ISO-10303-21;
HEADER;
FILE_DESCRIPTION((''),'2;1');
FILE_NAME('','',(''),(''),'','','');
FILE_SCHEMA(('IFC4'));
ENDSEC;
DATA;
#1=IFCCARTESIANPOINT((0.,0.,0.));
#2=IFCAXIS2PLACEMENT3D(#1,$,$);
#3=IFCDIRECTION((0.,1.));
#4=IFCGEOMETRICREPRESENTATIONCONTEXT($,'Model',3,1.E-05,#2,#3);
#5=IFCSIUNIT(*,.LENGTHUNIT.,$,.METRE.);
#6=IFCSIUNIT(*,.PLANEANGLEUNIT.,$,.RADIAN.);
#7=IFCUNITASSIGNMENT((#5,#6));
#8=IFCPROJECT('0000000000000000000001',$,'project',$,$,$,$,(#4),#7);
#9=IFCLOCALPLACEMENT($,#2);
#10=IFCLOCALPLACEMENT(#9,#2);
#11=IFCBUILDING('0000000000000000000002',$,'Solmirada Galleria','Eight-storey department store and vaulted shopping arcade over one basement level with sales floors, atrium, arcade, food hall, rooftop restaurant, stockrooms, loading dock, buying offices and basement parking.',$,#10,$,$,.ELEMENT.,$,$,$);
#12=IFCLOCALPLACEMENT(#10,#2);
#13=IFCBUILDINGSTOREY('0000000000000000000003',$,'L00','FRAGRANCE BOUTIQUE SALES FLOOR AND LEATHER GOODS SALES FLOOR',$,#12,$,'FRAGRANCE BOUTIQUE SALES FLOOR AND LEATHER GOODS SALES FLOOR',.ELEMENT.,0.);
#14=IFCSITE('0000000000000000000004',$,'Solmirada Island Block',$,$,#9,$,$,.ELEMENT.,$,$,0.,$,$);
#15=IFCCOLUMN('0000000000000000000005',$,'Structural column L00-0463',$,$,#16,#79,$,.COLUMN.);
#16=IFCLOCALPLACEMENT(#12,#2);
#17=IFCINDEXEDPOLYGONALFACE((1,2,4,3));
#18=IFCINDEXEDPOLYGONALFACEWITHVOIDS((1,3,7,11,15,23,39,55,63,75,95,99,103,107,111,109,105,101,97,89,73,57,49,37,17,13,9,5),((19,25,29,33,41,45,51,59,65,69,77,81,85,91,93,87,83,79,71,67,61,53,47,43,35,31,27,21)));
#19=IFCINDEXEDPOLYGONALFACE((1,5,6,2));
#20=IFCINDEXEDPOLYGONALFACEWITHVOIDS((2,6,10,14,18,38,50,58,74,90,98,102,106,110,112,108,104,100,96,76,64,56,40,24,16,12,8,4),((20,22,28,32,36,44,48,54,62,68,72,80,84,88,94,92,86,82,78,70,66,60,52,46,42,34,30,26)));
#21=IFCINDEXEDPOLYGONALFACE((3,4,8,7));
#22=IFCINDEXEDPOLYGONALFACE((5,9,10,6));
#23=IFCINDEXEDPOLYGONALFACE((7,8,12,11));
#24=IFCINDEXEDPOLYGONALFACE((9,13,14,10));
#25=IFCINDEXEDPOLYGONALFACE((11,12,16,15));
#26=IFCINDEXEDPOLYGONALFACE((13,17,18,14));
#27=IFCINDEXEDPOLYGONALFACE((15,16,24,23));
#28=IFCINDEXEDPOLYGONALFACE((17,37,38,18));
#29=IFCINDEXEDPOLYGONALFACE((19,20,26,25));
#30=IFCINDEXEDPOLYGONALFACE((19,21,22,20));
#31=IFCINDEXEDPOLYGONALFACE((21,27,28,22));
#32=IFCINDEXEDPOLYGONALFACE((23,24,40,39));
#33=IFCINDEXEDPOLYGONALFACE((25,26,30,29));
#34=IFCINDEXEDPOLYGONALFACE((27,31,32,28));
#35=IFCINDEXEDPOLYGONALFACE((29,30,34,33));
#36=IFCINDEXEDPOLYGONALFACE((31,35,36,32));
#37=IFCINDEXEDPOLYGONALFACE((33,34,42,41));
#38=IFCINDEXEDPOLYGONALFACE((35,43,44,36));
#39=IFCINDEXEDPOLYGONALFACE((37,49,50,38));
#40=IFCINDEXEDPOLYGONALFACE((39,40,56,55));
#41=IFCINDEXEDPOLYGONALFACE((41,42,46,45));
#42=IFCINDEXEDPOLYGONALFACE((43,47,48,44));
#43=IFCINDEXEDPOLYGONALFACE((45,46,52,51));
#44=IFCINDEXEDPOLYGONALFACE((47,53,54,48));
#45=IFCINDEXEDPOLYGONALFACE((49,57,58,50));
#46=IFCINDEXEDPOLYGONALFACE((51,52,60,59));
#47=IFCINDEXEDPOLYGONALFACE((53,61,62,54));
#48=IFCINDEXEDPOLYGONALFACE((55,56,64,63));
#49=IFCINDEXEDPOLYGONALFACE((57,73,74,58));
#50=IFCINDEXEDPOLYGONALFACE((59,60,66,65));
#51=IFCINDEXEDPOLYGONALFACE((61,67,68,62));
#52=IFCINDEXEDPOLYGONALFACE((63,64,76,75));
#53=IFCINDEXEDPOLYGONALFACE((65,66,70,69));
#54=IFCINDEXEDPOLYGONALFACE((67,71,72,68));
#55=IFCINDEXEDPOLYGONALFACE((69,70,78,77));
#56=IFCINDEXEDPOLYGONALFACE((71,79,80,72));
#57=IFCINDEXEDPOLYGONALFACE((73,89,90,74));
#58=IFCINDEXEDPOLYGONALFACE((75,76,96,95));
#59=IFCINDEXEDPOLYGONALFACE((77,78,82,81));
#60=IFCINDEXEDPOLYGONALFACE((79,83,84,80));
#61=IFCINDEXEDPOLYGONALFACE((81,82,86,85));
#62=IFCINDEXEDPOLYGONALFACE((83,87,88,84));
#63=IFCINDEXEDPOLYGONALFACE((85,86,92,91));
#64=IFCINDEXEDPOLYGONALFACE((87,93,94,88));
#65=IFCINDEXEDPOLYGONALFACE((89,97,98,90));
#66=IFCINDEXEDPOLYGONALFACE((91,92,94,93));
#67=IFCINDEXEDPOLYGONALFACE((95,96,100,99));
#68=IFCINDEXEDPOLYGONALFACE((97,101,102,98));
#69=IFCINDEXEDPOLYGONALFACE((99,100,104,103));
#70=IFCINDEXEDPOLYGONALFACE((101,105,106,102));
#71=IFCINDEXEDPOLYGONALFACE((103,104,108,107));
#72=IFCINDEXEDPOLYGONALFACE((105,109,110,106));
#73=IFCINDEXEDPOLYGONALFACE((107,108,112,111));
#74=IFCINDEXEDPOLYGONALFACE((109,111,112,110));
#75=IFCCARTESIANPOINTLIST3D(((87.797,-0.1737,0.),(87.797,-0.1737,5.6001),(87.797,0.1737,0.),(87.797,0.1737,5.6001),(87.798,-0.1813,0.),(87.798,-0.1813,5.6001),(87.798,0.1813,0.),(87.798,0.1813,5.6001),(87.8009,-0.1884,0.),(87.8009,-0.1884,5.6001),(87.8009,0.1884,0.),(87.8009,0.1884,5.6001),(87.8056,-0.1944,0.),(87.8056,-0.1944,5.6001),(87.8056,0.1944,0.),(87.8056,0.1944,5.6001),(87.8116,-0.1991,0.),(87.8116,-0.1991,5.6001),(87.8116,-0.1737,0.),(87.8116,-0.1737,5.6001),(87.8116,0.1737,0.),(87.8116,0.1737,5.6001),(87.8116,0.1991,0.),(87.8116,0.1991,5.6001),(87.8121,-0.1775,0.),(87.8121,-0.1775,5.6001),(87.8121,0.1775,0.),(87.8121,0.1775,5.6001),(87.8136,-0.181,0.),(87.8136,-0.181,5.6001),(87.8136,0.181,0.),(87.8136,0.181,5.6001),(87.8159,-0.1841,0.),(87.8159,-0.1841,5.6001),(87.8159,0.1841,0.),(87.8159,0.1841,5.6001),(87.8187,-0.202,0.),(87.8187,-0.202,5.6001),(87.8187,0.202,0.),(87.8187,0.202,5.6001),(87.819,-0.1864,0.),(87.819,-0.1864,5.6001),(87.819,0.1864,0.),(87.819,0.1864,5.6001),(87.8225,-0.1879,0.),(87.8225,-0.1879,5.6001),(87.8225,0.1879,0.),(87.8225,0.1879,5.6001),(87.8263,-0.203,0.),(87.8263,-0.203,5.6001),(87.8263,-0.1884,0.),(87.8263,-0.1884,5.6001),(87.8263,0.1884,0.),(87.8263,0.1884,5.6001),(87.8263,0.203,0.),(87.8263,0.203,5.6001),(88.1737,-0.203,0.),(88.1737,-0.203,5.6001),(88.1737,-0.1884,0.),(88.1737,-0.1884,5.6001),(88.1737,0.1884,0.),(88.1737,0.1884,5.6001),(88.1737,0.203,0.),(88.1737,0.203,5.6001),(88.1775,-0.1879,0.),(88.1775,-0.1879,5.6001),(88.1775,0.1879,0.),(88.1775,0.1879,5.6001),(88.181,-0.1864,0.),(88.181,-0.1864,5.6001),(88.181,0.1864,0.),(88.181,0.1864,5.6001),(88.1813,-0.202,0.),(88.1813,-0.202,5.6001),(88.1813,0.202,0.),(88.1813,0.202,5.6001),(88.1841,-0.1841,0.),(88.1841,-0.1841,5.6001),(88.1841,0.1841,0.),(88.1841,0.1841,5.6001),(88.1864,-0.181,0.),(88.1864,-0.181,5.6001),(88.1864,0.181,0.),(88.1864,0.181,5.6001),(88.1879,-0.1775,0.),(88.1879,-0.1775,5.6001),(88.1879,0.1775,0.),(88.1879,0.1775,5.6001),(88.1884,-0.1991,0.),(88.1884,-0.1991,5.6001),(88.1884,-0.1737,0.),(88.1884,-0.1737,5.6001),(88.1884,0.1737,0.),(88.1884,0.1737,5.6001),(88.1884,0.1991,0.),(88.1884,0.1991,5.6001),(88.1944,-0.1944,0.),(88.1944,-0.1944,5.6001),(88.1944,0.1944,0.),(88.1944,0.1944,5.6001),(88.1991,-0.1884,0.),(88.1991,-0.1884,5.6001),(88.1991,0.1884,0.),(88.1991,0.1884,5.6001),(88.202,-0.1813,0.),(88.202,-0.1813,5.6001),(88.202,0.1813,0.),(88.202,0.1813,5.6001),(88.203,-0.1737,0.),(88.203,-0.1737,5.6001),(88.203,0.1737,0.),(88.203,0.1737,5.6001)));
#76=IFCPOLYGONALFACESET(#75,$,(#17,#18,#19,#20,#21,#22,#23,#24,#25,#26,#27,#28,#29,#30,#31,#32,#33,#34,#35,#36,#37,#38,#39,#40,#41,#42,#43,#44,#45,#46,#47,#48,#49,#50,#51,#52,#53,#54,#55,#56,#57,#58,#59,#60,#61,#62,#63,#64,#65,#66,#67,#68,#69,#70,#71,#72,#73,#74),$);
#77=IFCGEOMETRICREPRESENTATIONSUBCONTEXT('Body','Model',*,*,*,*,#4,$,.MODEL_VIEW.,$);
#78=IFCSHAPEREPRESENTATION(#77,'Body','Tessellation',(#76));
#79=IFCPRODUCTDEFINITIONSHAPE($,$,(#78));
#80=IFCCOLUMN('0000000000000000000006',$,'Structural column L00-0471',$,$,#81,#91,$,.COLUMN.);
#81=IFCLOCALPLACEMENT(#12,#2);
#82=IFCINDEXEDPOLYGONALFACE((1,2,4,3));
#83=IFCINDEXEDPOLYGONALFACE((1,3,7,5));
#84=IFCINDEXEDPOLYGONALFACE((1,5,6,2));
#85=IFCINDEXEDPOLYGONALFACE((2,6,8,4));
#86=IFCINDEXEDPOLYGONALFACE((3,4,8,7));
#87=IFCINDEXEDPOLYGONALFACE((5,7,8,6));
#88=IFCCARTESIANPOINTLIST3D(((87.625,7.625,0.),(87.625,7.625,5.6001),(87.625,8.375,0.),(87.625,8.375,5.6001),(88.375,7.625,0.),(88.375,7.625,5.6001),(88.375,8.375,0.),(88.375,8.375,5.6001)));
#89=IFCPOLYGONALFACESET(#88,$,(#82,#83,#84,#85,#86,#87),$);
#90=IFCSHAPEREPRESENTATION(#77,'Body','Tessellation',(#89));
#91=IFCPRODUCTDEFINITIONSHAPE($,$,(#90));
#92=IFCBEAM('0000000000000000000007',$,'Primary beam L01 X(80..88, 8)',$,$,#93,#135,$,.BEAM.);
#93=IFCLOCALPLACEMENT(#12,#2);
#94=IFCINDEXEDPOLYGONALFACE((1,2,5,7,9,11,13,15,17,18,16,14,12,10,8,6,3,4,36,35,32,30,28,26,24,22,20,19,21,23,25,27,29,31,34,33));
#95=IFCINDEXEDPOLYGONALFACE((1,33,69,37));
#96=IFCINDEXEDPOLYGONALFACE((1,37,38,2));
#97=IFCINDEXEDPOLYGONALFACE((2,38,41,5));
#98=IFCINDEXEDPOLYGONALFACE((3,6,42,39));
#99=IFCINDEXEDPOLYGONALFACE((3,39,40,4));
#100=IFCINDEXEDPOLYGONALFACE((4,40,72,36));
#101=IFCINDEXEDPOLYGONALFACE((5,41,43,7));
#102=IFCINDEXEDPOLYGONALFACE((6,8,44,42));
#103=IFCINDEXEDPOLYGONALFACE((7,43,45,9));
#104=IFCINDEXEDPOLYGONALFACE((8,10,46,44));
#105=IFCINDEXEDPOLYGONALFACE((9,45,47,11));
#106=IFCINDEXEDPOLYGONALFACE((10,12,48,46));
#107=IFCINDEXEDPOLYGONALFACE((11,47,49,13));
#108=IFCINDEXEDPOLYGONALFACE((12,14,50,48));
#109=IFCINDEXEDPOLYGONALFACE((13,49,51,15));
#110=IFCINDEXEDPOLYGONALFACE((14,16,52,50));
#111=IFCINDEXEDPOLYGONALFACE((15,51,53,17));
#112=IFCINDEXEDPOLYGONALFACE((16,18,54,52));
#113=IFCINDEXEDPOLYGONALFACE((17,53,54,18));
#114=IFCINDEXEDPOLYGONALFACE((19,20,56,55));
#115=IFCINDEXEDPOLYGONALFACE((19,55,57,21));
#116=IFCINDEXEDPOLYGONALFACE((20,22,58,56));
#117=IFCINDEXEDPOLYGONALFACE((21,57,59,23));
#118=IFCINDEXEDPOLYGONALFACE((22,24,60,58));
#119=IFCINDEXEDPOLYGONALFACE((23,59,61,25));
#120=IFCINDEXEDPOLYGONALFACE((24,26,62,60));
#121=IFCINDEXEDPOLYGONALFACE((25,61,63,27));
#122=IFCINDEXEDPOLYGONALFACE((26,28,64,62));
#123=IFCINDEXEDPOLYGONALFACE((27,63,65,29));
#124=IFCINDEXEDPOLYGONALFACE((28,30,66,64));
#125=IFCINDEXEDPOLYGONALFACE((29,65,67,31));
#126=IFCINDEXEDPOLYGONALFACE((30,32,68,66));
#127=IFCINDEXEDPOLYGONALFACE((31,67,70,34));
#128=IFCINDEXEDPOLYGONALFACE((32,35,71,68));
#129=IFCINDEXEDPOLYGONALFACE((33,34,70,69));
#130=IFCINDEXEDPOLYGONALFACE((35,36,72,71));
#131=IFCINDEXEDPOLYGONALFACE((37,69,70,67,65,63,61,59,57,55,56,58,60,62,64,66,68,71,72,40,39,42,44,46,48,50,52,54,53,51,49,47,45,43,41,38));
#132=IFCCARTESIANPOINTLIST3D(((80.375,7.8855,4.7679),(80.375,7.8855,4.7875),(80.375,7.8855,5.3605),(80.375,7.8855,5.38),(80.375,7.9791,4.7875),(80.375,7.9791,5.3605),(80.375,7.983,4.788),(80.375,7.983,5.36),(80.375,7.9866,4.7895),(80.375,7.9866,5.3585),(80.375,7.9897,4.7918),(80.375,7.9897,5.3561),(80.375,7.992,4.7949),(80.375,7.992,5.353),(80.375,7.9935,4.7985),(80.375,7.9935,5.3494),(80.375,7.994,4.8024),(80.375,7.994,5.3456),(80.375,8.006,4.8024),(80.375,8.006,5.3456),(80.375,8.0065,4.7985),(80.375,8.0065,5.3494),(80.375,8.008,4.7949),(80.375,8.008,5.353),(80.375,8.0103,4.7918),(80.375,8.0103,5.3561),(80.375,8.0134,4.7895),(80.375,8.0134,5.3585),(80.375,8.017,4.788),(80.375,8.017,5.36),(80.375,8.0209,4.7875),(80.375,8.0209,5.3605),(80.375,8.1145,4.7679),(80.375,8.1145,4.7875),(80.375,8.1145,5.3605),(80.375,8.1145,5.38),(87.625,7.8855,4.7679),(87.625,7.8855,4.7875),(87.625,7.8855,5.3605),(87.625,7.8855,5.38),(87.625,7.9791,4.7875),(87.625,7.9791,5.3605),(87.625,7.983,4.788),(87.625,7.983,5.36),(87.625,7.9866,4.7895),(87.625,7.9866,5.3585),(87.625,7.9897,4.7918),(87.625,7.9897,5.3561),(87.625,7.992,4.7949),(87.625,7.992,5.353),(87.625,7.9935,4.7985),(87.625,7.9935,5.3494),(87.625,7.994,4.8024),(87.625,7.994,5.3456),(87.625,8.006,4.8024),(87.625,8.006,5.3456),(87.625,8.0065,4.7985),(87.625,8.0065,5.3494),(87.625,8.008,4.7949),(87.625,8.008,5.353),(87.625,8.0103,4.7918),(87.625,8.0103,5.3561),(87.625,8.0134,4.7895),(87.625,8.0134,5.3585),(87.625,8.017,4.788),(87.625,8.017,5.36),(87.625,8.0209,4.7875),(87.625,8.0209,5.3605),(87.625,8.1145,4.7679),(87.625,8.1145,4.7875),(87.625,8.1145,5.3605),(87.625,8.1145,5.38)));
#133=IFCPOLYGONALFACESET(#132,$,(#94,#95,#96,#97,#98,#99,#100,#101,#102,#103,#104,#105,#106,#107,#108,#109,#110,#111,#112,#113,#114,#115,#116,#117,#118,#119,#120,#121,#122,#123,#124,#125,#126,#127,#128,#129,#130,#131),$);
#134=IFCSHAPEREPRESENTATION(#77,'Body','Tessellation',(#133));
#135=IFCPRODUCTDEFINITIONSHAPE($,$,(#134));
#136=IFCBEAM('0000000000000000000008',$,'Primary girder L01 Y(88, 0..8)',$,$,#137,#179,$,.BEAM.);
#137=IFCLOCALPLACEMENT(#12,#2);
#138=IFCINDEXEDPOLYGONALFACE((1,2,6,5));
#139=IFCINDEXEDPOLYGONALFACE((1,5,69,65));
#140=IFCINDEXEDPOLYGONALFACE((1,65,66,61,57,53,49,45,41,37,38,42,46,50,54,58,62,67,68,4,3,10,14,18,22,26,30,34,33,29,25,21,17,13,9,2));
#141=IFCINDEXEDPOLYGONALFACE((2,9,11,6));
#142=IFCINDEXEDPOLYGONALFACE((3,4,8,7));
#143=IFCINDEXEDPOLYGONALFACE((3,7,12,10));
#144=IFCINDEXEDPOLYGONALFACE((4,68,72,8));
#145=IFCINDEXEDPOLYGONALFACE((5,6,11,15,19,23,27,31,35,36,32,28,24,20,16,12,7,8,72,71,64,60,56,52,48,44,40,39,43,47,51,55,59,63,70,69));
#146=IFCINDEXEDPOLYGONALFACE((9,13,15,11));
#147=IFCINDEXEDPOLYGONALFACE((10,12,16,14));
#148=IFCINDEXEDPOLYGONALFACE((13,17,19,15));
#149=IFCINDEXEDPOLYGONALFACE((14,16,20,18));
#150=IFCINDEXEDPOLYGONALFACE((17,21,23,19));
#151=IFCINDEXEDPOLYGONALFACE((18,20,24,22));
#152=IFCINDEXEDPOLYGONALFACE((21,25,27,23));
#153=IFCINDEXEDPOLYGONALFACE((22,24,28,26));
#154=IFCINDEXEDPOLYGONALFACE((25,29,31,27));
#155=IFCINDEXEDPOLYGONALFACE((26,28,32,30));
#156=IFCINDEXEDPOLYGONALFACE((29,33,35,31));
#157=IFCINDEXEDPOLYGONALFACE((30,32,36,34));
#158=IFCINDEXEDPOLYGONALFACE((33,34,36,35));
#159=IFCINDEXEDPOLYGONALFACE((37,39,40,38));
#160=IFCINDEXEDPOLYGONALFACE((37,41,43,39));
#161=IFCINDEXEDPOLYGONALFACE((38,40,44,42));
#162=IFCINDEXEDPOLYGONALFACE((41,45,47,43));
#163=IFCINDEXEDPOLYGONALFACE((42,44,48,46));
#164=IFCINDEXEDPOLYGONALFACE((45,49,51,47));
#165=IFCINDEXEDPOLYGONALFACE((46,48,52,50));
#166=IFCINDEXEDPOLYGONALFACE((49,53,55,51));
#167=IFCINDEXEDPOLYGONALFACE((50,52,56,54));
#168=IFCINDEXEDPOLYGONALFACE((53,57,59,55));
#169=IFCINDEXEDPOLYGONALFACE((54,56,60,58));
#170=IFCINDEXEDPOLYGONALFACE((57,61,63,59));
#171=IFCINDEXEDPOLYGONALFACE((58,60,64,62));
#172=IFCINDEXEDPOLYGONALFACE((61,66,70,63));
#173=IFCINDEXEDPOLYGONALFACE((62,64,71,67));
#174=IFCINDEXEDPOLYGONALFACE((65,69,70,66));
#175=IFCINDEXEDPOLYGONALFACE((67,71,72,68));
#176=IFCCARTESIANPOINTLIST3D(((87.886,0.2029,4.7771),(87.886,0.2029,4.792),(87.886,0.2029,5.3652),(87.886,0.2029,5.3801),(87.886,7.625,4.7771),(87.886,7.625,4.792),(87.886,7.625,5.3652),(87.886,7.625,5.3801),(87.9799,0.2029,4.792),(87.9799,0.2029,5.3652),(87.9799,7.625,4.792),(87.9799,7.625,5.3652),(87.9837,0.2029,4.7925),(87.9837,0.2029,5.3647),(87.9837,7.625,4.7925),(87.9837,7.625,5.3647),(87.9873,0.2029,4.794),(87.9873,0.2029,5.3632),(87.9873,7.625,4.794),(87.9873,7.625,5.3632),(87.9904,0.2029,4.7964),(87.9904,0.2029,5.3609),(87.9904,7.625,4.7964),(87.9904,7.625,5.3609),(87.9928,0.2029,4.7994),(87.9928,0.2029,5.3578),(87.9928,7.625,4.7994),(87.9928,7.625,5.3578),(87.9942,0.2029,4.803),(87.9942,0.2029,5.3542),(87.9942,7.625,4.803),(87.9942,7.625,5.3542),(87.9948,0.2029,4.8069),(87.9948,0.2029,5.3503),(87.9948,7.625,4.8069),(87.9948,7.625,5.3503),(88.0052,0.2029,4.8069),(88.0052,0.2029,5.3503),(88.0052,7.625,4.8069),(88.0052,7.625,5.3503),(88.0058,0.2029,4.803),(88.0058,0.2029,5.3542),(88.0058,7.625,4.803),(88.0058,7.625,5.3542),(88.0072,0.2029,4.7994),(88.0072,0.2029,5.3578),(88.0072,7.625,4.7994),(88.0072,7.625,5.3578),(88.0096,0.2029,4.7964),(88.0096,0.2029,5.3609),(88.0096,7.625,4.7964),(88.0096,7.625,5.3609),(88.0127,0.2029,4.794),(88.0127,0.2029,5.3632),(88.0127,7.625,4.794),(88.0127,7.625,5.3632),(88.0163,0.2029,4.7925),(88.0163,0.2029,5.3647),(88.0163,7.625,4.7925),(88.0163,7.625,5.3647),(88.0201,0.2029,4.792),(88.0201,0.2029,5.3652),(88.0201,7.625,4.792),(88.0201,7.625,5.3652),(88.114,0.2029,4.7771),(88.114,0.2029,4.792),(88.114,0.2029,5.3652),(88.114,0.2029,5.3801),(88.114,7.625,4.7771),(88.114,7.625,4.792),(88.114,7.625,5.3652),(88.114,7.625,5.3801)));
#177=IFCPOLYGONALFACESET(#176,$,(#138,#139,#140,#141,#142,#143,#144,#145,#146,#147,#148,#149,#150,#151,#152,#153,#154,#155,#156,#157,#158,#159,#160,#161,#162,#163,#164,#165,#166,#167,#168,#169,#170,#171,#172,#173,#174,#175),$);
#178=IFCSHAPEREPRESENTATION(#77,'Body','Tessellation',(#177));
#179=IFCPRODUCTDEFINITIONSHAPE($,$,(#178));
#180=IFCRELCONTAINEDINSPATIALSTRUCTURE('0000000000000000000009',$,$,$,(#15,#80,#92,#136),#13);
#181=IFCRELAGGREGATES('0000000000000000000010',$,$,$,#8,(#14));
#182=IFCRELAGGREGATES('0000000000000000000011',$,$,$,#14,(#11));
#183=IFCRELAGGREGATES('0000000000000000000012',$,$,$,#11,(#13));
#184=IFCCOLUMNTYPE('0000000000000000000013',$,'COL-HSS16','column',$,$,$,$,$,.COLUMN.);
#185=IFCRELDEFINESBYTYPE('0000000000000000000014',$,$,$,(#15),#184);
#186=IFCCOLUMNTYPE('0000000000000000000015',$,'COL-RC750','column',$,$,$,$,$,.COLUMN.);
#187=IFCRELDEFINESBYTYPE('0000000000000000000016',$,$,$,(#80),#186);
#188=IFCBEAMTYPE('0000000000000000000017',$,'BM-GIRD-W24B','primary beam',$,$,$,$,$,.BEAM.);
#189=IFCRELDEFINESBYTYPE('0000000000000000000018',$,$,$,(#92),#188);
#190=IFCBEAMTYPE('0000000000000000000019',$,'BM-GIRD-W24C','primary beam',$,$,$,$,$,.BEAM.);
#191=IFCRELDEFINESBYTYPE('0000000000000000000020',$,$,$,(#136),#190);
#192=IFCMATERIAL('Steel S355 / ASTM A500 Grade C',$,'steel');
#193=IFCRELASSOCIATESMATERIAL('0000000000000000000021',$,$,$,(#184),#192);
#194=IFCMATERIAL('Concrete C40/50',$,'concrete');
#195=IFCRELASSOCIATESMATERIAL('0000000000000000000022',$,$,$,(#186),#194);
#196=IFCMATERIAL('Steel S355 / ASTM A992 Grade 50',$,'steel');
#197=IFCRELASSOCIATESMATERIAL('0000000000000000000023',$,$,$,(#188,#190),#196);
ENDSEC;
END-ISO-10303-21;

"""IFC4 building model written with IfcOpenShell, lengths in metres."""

from ifc_helpers import new_model, si_unit, direction, frame, origin, origin_2d, place, context, subcontext, project, spatial, rectangle, hollow_rectangle, i_section, extrude, material, material_profile, profile_set, type_object, element, save


model = new_model("IFC4")

# Units and contexts
model_context = context("Model", 3, precision=1e-05, world=origin(), true_north=direction((0.0, 1.0)))
body_context = subcontext(model_context, "Body", "Model", "MODEL_VIEW")
ifc_project = project(units=[si_unit("LENGTHUNIT", "METRE"), si_unit("PLANEANGLEUNIT", "RADIAN")], contexts=[model_context])

# Site, building, storey
site_placement = place(None, origin())
site = spatial("IfcSite", under=ifc_project, at=site_placement, Name="Solmirada Island Block", CompositionType="ELEMENT", RefElevation=0.0)
building_placement = place(site_placement, origin())
building = spatial("IfcBuilding", under=site, at=building_placement, Name="Solmirada Galleria", Description="Eight-storey department store and vaulted shopping arcade over one basement level with sales floors, atrium, arcade, food hall, rooftop restaurant, stockrooms, loading dock, buying offices and basement parking.", CompositionType="ELEMENT")
storey_placement = place(building_placement, origin())
storey = spatial("IfcBuildingStorey", under=building, at=storey_placement, Name="L00", Description="FRAGRANCE BOUTIQUE SALES FLOOR AND LEATHER GOODS SALES FLOOR", LongName="FRAGRANCE BOUTIQUE SALES FLOOR AND LEATHER GOODS SALES FLOOR", CompositionType="ELEMENT", Elevation=0.0)

# Columns
ifc_material_1 = material(Name="Steel S355 / ASTM A500 Grade C", Category="steel")
ifc_material_profile_1 = material_profile(ifc_material_1, hollow_rectangle(XDim=0.406, YDim=0.406, WallThickness=0.0146, InnerFilletRadius=0.0146, OuterFilletRadius=0.0293, at=origin_2d()), Name="HSS16X16X5/8")
ifc_profile_set_1 = profile_set([ifc_material_profile_1], Name="Steel S355 / ASTM A500 Grade C")
column_type_1 = type_object("IfcColumnType", Name="COL-HSS16", Description="column", PredefinedType="COLUMN", material=ifc_profile_set_1)
column_1_placement = place(storey_placement, frame((88.0, 0.0, 0.0), z_axis=(0.0, 0.0, 1.0), x_axis=(1.0, 0.0, 0.0)))
element("IfcColumn", 1, at=column_1_placement, inside=storey, type_object=column_type_1, Name="Structural column L00-0463", PredefinedType="COLUMN", context=body_context, shape_type="SweptSolid", body=[
    extrude(hollow_rectangle(XDim=0.406, YDim=0.406, WallThickness=0.0146, InnerFilletRadius=0.0146, OuterFilletRadius=0.0293, at=origin_2d()), origin(), (0.0, 0.0, 1.0), 5.6001),
])
ifc_material_2 = material(Name="Concrete C40/50", Category="concrete")
ifc_material_profile_2 = material_profile(ifc_material_2, rectangle(XDim=0.75, YDim=0.75, at=origin_2d()), Name="RC750X750")
ifc_profile_set_2 = profile_set([ifc_material_profile_2], Name="Concrete C40/50")
column_type_2 = type_object("IfcColumnType", Name="COL-RC750", Description="column", PredefinedType="COLUMN", material=ifc_profile_set_2)
column_2_placement = place(storey_placement, frame((88.0, 8.0, 0.0), z_axis=(0.0, 0.0, 1.0), x_axis=(1.0, 0.0, 0.0)))
element("IfcColumn", 2, at=column_2_placement, inside=storey, type_object=column_type_2, Name="Structural column L00-0471", PredefinedType="COLUMN", context=body_context, shape_type="SweptSolid", body=[
    extrude(rectangle(XDim=0.75, YDim=0.75, at=origin_2d()), origin(), (0.0, 0.0, 1.0), 5.6001),
])

# Beams
ifc_material_3 = material(Name="Steel S355 / ASTM A992 Grade 50", Category="steel")
ifc_material_profile_3 = material_profile(ifc_material_3, i_section(OverallWidth=0.229, OverallDepth=0.6121, WebThickness=0.012, FlangeThickness=0.0195, FilletRadius=0.0149, at=origin_2d()), Name="W24X84")
ifc_profile_set_3 = profile_set([ifc_material_profile_3], Name="Steel S355 / ASTM A992 Grade 50")
beam_type_1 = type_object("IfcBeamType", Name="BM-GIRD-W24B", Description="primary beam", PredefinedType="BEAM", material=ifc_profile_set_3)
beam_1_placement = place(storey_placement, frame((80.375, 8.0, 5.074), z_axis=(1.0, 0.0, 0.0), x_axis=(0.0, 1.0, 0.0)))
element("IfcBeam", 3, at=beam_1_placement, inside=storey, type_object=beam_type_1, Name="Primary beam L01 X(80..88, 8)", PredefinedType="BEAM", context=body_context, shape_type="SweptSolid", body=[
    extrude(i_section(OverallWidth=0.229, OverallDepth=0.6121, WebThickness=0.012, FlangeThickness=0.0195, FilletRadius=0.0149, at=origin_2d()), origin(), (0.0, 0.0, 1.0), 7.25),
])
ifc_material_profile_4 = material_profile(ifc_material_3, i_section(OverallWidth=0.228, OverallDepth=0.603, WebThickness=0.0105, FlangeThickness=0.0149, FilletRadius=0.0149, at=origin_2d()), Name="W24X68")
ifc_profile_set_4 = profile_set([ifc_material_profile_4], Name="Steel S355 / ASTM A992 Grade 50")
beam_type_2 = type_object("IfcBeamType", Name="BM-GIRD-W24C", Description="primary beam", PredefinedType="BEAM", material=ifc_profile_set_4)
beam_2_placement = place(storey_placement, frame((88.0, 0.2029, 5.0786), z_axis=(0.0, 1.0, 0.0), x_axis=(-1.0, 0.0, 0.0)))
element("IfcBeam", 4, at=beam_2_placement, inside=storey, type_object=beam_type_2, Name="Primary girder L01 Y(88, 0..8)", PredefinedType="BEAM", context=body_context, shape_type="SweptSolid", body=[
    extrude(i_section(OverallWidth=0.228, OverallDepth=0.603, WebThickness=0.0105, FlangeThickness=0.0149, FilletRadius=0.0149, at=origin_2d()), origin(), (0.0, 0.0, 1.0), 7.4221),
])

save(model, "model.ifc")
